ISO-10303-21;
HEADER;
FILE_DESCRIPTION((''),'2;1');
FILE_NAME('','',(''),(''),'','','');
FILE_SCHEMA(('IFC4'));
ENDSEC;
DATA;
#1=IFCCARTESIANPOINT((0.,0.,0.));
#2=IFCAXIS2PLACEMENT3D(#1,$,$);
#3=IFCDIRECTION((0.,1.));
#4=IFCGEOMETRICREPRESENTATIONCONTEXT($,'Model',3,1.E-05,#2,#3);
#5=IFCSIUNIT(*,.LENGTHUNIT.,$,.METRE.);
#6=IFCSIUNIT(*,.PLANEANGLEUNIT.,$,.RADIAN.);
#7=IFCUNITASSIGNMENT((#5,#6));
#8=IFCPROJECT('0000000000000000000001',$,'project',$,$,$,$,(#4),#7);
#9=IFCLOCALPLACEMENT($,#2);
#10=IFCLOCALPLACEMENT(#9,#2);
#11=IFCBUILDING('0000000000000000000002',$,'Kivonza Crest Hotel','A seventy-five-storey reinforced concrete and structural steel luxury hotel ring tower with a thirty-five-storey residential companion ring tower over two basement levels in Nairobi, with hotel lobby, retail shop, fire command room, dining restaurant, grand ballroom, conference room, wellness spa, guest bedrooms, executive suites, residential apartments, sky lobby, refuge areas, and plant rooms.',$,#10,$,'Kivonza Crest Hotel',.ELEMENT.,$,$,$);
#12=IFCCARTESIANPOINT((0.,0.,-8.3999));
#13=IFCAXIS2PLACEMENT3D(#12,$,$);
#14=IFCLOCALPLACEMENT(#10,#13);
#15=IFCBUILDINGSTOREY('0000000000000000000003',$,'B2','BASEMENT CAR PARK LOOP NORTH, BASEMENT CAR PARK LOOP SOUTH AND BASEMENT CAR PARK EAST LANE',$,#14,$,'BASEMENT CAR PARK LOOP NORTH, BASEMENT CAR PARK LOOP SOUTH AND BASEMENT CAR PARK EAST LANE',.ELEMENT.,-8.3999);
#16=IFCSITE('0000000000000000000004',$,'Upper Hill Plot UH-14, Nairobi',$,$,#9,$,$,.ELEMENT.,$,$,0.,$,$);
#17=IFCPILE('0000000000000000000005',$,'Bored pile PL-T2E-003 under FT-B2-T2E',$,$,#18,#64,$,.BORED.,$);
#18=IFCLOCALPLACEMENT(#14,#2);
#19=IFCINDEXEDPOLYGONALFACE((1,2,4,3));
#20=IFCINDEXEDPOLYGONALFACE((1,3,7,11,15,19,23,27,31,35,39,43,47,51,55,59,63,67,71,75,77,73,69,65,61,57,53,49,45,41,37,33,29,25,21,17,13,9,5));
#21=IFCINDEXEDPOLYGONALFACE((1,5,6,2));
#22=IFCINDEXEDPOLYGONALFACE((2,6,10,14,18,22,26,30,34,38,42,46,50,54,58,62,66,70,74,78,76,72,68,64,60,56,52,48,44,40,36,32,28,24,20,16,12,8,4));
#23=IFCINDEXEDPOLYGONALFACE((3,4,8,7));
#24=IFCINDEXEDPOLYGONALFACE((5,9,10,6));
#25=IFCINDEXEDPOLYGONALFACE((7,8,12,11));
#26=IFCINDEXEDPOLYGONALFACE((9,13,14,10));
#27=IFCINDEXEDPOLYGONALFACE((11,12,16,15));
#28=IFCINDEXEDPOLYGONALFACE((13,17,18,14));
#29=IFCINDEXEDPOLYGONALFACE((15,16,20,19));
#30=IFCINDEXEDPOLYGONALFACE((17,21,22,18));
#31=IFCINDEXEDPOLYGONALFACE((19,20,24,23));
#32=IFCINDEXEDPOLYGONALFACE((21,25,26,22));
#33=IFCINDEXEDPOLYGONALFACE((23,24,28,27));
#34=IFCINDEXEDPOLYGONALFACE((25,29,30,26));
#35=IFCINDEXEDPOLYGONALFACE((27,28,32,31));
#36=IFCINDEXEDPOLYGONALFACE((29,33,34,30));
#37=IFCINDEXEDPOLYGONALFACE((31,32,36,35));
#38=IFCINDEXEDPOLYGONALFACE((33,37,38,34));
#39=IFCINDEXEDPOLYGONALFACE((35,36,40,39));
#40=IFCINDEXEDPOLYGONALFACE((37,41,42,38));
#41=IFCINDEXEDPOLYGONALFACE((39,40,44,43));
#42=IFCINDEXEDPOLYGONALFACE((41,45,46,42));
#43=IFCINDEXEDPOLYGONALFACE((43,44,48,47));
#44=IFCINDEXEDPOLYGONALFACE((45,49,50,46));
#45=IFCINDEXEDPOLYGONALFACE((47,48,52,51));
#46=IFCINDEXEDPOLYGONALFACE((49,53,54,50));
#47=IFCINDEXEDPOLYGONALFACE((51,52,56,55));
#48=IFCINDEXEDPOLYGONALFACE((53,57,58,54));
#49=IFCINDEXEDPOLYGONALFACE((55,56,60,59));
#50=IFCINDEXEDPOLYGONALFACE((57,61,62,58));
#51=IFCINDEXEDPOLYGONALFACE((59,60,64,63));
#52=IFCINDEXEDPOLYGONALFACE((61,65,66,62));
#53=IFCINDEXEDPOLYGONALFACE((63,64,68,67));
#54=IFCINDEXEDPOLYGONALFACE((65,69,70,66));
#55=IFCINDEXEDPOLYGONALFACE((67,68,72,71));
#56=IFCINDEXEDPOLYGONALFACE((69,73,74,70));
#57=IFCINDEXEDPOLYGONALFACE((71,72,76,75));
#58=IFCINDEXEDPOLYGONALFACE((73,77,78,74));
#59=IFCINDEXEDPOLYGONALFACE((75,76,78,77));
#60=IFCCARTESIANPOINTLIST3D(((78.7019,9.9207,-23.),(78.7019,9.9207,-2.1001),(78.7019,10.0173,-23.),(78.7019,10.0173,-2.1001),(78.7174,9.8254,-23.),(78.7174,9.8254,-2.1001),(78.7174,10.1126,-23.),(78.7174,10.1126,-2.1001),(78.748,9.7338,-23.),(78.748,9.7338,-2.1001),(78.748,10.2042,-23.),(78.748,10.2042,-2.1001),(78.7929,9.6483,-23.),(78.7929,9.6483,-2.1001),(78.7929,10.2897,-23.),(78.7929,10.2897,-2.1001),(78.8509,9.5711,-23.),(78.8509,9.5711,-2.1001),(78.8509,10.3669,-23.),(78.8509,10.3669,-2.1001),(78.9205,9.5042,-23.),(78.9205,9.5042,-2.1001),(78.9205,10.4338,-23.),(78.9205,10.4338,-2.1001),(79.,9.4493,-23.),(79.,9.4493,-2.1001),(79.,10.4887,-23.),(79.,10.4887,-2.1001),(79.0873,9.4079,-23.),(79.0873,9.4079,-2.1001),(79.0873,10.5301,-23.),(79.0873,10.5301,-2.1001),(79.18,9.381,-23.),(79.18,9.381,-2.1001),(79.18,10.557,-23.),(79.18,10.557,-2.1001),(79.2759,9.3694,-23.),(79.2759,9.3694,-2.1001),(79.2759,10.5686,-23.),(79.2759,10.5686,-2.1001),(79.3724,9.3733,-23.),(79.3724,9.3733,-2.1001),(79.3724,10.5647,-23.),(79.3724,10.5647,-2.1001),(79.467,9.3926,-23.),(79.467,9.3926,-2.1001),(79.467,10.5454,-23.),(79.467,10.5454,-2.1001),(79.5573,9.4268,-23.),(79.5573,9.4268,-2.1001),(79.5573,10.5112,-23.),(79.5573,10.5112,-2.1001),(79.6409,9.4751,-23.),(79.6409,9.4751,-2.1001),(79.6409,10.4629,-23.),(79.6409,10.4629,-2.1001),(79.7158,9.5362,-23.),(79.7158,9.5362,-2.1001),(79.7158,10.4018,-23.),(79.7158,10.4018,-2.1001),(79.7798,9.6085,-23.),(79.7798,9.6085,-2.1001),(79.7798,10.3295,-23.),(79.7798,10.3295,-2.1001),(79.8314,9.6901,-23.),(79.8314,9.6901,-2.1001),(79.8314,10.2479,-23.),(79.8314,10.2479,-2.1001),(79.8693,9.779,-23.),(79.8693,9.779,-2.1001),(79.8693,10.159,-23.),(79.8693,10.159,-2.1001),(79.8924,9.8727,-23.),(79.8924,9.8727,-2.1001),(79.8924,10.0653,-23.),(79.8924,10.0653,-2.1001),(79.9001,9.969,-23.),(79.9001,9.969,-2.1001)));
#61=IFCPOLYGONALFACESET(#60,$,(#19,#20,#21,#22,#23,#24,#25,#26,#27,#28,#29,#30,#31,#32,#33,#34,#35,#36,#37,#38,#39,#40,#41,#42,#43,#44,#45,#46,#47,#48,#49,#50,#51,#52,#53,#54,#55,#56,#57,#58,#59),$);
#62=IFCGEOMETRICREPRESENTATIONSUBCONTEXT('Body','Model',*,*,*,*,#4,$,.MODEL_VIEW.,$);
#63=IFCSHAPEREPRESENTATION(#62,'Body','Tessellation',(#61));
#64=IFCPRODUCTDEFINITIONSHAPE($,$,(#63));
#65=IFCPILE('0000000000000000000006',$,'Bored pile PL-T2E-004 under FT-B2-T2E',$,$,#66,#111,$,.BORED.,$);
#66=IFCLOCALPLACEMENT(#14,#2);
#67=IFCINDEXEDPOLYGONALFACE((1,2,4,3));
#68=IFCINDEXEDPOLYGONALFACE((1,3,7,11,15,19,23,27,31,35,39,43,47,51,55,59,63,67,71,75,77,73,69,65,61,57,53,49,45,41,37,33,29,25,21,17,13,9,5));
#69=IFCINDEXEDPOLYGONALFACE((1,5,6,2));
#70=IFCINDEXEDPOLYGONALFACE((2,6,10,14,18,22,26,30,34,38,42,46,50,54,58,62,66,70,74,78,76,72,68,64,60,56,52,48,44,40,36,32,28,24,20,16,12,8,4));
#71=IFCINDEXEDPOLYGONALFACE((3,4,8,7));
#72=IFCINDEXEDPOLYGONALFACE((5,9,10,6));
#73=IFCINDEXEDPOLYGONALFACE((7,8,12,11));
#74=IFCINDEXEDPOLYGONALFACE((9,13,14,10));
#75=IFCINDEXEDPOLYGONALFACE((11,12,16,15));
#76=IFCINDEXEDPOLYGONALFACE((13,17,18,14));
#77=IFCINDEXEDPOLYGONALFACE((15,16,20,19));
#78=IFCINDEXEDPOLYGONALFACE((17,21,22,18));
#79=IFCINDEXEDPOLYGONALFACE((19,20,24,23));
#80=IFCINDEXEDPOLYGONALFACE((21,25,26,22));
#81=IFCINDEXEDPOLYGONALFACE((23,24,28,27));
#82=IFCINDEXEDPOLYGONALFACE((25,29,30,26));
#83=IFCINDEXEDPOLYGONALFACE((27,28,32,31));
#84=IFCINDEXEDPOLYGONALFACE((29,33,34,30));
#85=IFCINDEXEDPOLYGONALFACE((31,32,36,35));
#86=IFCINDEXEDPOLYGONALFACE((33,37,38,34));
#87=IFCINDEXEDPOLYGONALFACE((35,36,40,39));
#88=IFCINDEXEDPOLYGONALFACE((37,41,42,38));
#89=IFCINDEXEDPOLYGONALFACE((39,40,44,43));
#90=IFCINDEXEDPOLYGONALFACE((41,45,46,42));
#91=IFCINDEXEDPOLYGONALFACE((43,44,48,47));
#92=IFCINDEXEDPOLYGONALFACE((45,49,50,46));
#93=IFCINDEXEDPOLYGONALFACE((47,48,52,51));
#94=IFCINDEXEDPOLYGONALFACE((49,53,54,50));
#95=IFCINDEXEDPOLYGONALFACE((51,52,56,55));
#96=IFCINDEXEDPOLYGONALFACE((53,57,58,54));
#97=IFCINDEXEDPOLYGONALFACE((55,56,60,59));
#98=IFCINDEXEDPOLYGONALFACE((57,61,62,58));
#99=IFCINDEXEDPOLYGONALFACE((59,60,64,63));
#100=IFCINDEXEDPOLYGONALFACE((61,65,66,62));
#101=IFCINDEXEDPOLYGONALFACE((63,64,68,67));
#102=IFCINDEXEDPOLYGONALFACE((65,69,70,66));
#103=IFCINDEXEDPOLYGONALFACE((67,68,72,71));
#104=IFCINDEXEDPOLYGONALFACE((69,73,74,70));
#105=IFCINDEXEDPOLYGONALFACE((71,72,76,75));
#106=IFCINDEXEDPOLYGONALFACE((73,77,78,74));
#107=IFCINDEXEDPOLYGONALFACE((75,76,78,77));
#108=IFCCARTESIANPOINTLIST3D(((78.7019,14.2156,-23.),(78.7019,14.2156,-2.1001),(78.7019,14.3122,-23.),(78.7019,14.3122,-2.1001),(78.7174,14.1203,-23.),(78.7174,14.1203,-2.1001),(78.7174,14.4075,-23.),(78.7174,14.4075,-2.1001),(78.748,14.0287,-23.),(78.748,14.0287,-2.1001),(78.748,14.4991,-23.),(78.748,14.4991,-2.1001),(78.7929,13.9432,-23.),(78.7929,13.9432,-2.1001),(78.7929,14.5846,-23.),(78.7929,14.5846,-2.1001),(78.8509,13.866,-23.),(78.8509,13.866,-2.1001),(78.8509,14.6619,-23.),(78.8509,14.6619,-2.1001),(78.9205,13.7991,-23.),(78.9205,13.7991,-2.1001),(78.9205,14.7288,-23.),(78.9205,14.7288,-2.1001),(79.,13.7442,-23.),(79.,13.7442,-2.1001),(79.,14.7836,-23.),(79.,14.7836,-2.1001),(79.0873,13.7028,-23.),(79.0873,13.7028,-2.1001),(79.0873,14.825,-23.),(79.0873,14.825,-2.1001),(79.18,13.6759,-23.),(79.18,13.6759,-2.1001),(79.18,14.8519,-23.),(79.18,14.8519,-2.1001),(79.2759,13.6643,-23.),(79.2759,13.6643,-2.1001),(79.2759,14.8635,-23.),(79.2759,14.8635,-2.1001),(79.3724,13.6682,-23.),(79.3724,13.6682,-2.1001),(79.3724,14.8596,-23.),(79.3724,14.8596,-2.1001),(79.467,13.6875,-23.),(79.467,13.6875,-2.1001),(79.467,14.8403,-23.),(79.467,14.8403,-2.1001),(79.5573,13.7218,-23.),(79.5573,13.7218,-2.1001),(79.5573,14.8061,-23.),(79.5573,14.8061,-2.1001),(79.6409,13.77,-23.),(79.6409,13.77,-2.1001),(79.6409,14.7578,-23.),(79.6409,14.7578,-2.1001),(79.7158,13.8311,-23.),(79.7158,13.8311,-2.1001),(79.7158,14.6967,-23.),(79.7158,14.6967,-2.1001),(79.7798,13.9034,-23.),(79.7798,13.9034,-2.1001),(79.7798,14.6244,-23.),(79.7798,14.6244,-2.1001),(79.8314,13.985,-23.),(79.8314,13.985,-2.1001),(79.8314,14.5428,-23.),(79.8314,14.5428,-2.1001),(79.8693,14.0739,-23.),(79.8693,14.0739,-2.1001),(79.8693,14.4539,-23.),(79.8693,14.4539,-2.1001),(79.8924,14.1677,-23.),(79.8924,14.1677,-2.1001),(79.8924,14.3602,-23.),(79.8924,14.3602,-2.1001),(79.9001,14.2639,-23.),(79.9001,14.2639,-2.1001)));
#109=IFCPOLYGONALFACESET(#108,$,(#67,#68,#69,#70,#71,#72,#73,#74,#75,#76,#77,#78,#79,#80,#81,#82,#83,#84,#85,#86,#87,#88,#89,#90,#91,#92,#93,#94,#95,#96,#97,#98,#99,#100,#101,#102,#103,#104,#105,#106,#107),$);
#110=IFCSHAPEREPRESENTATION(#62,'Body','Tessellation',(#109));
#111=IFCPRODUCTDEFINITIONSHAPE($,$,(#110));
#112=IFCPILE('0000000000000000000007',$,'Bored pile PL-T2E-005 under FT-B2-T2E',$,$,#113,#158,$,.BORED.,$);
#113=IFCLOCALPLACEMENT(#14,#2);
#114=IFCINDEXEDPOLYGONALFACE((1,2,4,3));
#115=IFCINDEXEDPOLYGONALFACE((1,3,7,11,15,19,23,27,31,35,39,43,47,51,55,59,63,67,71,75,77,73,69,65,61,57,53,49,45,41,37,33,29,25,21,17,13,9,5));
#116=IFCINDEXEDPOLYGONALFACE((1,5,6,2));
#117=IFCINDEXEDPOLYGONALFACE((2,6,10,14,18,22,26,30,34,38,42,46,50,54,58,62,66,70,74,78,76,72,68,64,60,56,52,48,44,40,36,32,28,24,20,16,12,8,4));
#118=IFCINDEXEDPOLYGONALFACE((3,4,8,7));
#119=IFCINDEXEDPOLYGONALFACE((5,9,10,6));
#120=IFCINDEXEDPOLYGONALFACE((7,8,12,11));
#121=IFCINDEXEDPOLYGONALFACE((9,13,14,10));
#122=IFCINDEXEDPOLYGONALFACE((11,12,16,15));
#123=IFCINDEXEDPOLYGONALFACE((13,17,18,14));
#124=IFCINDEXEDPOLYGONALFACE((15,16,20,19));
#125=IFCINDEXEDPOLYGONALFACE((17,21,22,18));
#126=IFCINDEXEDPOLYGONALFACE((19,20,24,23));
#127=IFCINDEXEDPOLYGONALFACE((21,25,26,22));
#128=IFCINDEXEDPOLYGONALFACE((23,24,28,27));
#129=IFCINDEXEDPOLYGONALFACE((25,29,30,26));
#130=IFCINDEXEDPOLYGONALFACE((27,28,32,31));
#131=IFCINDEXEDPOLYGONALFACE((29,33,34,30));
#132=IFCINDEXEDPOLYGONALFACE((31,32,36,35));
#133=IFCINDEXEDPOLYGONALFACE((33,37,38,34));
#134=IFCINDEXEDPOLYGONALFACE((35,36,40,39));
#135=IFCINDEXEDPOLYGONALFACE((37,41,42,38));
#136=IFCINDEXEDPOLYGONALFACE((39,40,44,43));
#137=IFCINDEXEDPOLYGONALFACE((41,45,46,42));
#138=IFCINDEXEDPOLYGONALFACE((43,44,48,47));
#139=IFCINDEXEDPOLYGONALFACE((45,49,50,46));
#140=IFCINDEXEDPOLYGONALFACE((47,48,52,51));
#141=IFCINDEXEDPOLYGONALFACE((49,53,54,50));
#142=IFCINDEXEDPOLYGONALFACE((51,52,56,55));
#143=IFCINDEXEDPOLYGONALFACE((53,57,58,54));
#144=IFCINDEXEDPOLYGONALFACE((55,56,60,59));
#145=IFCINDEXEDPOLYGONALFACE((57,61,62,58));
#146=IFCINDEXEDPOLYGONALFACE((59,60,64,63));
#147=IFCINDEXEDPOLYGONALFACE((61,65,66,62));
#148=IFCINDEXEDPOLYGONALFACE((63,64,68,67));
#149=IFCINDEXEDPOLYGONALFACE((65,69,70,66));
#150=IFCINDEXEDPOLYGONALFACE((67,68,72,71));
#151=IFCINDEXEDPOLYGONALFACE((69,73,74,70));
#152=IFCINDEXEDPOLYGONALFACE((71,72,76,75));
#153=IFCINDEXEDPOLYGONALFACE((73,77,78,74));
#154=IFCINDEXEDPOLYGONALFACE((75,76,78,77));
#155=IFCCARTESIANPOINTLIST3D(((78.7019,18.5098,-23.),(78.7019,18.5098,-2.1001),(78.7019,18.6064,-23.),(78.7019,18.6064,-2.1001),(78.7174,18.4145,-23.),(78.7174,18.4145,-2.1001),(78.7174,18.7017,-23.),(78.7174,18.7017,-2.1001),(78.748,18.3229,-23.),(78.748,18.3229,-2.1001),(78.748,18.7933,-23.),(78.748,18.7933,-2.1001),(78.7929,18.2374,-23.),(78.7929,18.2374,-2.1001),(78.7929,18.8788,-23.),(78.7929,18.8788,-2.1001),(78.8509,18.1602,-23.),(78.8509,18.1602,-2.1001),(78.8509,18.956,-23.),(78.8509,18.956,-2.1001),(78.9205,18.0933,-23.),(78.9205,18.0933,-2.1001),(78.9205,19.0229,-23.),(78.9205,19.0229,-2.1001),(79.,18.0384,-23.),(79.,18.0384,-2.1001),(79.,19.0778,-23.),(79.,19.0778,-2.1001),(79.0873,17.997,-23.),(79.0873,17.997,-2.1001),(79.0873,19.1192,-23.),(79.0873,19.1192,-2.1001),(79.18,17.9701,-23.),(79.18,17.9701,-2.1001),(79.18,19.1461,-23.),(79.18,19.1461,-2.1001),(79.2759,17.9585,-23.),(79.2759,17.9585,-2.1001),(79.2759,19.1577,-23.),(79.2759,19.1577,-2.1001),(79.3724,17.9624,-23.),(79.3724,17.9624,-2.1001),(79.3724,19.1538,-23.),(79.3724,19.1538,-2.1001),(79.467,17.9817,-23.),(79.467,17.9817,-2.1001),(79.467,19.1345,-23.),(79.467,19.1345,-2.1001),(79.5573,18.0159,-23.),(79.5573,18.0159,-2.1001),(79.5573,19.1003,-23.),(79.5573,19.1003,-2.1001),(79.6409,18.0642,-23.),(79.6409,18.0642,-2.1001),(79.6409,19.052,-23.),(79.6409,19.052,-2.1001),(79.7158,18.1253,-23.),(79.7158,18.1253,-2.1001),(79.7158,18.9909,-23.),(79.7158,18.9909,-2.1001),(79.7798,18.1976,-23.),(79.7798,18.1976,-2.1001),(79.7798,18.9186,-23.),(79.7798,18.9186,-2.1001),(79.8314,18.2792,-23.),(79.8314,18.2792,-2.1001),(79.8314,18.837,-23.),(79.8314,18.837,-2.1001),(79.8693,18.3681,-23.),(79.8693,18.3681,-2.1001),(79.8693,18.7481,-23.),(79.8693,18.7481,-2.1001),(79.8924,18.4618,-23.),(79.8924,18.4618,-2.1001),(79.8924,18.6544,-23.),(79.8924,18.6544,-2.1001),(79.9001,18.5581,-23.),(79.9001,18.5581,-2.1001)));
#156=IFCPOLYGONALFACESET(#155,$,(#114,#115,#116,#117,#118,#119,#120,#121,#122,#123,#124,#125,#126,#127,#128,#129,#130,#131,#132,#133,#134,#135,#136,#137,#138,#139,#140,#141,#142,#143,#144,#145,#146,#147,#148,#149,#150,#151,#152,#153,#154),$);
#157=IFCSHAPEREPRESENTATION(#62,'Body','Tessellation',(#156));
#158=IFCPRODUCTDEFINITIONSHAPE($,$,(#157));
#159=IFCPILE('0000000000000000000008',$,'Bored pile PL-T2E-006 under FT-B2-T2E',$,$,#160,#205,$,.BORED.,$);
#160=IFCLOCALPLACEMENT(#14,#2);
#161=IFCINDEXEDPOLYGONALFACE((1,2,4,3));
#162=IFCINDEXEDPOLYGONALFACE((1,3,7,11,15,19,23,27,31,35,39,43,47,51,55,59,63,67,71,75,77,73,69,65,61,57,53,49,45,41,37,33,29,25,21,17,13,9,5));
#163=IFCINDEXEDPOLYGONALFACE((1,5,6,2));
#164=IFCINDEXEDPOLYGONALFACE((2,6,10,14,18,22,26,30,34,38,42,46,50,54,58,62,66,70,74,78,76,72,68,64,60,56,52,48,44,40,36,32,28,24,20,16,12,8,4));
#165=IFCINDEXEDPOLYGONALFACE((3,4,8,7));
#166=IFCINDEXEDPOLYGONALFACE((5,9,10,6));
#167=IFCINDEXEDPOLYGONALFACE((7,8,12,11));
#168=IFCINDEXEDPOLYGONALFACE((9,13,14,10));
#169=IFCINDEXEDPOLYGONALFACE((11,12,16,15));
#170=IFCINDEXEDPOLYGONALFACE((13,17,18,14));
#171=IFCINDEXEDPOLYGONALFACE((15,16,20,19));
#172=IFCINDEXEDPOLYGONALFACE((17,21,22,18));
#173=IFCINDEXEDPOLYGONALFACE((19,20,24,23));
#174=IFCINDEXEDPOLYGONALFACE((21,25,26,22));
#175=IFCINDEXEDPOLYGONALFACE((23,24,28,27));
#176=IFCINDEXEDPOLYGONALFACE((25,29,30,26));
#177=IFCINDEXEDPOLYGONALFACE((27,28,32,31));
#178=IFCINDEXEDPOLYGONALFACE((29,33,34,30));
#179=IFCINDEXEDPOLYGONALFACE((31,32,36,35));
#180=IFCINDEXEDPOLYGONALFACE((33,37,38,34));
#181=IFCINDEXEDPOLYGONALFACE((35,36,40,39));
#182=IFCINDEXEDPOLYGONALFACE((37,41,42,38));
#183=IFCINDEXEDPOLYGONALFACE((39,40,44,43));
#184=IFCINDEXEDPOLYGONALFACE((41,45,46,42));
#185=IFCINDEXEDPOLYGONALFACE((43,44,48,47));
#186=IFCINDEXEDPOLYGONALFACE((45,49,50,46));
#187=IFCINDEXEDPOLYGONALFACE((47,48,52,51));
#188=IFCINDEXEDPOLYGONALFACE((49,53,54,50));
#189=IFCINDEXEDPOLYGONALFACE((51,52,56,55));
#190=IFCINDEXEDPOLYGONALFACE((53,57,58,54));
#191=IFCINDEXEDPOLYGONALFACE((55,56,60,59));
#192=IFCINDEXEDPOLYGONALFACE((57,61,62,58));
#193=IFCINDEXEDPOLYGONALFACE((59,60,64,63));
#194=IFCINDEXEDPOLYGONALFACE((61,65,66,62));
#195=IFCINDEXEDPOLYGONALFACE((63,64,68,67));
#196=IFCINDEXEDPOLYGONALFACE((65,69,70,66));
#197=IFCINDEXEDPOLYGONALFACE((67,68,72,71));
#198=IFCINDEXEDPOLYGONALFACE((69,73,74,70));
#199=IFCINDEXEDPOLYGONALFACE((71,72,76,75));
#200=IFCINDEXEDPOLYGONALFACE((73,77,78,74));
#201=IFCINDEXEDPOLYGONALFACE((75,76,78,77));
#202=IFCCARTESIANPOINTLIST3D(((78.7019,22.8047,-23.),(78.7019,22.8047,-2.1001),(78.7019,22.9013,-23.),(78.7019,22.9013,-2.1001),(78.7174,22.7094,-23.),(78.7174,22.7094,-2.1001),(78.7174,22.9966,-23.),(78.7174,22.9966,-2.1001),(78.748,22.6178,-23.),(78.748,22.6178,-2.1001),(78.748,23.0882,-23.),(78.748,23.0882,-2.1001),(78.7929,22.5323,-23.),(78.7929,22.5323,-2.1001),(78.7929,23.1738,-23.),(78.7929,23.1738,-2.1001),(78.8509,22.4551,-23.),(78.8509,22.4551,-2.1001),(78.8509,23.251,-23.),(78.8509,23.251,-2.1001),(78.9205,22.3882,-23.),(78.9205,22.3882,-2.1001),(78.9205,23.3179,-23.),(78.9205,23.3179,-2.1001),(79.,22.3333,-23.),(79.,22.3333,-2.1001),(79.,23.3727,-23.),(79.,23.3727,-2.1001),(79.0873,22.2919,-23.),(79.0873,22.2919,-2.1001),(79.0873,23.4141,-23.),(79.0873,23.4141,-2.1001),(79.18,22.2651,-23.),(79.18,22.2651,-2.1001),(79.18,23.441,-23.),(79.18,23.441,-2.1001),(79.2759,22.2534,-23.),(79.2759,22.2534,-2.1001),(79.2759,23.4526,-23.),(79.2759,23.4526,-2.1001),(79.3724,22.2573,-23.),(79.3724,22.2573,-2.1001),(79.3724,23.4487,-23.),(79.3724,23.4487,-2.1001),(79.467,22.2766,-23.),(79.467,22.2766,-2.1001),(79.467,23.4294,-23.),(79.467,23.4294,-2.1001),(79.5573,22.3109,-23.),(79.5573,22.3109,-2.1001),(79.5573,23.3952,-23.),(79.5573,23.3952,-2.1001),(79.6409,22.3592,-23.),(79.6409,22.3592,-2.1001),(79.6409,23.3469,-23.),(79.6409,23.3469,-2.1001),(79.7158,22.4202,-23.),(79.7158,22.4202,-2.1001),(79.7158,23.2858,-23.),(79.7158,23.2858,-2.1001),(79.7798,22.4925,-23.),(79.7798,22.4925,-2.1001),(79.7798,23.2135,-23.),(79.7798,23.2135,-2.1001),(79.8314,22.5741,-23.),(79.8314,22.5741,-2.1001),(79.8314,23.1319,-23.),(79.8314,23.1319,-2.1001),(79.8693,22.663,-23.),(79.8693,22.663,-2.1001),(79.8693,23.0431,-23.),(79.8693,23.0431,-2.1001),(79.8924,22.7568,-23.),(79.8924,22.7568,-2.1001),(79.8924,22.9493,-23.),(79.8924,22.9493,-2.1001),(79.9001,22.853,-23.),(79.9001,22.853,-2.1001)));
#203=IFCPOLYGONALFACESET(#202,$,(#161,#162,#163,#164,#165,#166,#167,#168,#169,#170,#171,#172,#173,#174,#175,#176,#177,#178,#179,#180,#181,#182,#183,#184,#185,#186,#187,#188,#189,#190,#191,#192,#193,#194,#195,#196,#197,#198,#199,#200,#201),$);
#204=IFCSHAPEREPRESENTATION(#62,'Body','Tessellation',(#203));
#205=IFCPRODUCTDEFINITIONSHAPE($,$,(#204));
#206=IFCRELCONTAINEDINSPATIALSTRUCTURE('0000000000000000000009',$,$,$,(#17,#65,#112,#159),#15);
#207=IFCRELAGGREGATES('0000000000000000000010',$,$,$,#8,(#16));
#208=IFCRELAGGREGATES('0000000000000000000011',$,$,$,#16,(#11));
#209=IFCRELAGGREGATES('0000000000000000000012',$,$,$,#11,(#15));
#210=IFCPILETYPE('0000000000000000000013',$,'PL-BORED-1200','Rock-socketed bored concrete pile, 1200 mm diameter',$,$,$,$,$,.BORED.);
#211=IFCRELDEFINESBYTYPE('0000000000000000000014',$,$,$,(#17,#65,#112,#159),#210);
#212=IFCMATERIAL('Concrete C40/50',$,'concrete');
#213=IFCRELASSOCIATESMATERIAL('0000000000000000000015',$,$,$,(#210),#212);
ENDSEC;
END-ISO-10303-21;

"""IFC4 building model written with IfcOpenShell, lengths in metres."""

from ifc_helpers import new_model, si_unit, direction, frame, origin, origin_2d, place, context, subcontext, project, spatial, circle, extrude, material, material_profile, profile_set, type_object, element, save


model = new_model("IFC4")

# Units and contexts
model_context = context("Model", 3, precision=1e-05, world=origin(), true_north=direction((0.0, 1.0)))
body_context = subcontext(model_context, "Body", "Model", "MODEL_VIEW")
ifc_project = project(units=[si_unit("LENGTHUNIT", "METRE"), si_unit("PLANEANGLEUNIT", "RADIAN")], contexts=[model_context])

# Site, building, storey
site_placement = place(None, origin())
site = spatial("IfcSite", under=ifc_project, at=site_placement, Name="Upper Hill Plot UH-14, Nairobi", CompositionType="ELEMENT", RefElevation=0.0)
building_placement = place(site_placement, origin())
building = spatial("IfcBuilding", under=site, at=building_placement, Name="Kivonza Crest Hotel", Description="A seventy-five-storey reinforced concrete and structural steel luxury hotel ring tower with a thirty-five-storey residential companion ring tower over two basement levels in Nairobi, with hotel lobby, retail shop, fire command room, dining restaurant, grand ballroom, conference room, wellness spa, guest bedrooms, executive suites, residential apartments, sky lobby, refuge areas, and plant rooms.", LongName="Kivonza Crest Hotel", CompositionType="ELEMENT")
storey_placement = place(building_placement, frame((0.0, 0.0, -8.3999)))
storey = spatial("IfcBuildingStorey", under=building, at=storey_placement, Name="B2", Description="BASEMENT CAR PARK LOOP NORTH, BASEMENT CAR PARK LOOP SOUTH AND BASEMENT CAR PARK EAST LANE", LongName="BASEMENT CAR PARK LOOP NORTH, BASEMENT CAR PARK LOOP SOUTH AND BASEMENT CAR PARK EAST LANE", CompositionType="ELEMENT", Elevation=-8.3999)

# Piles
ifc_material_1 = material(Name="Concrete C40/50", Category="concrete")
ifc_material_profile_1 = material_profile(ifc_material_1, circle(Radius=0.6001, at=origin_2d()), Name="PILE D1200")
ifc_profile_set_1 = profile_set([ifc_material_profile_1], Name="Concrete C40/50")
pile_type = type_object("IfcPileType", Name="PL-BORED-1200", Description="Rock-socketed bored concrete pile, 1200 mm diameter", PredefinedType="BORED", material=ifc_profile_set_1)
for number, where, z_axis, x_axis, name in (
    (1, (79.3, 9.969, -2.1001), (0.0, 0.0, -1.0), (1.0, 0.0, 0.0), "Bored pile PL-T2E-003 under FT-B2-T2E"),
    (2, (79.3, 14.2639, -2.1001), (0.0, 0.0, -1.0), (1.0, 0.0, 0.0), "Bored pile PL-T2E-004 under FT-B2-T2E"),
    (3, (79.3, 18.5581, -2.1001), (0.0, 0.0, -1.0), (1.0, 0.0, 0.0), "Bored pile PL-T2E-005 under FT-B2-T2E"),
    (4, (79.3, 22.853, -2.1001), (0.0, 0.0, -1.0), (1.0, 0.0, 0.0), "Bored pile PL-T2E-006 under FT-B2-T2E"),
):
    element("IfcPile", number, at=place(storey_placement, frame(where, z_axis=z_axis, x_axis=x_axis)), inside=storey, type_object=pile_type, Name=name, PredefinedType="BORED", context=body_context, shape_type="SweptSolid", body=[
        extrude(circle(Radius=0.6001, at=origin_2d()), origin(), (0.0, 0.0, 1.0), 20.8999),
    ])

save(model, "model.ifc")
